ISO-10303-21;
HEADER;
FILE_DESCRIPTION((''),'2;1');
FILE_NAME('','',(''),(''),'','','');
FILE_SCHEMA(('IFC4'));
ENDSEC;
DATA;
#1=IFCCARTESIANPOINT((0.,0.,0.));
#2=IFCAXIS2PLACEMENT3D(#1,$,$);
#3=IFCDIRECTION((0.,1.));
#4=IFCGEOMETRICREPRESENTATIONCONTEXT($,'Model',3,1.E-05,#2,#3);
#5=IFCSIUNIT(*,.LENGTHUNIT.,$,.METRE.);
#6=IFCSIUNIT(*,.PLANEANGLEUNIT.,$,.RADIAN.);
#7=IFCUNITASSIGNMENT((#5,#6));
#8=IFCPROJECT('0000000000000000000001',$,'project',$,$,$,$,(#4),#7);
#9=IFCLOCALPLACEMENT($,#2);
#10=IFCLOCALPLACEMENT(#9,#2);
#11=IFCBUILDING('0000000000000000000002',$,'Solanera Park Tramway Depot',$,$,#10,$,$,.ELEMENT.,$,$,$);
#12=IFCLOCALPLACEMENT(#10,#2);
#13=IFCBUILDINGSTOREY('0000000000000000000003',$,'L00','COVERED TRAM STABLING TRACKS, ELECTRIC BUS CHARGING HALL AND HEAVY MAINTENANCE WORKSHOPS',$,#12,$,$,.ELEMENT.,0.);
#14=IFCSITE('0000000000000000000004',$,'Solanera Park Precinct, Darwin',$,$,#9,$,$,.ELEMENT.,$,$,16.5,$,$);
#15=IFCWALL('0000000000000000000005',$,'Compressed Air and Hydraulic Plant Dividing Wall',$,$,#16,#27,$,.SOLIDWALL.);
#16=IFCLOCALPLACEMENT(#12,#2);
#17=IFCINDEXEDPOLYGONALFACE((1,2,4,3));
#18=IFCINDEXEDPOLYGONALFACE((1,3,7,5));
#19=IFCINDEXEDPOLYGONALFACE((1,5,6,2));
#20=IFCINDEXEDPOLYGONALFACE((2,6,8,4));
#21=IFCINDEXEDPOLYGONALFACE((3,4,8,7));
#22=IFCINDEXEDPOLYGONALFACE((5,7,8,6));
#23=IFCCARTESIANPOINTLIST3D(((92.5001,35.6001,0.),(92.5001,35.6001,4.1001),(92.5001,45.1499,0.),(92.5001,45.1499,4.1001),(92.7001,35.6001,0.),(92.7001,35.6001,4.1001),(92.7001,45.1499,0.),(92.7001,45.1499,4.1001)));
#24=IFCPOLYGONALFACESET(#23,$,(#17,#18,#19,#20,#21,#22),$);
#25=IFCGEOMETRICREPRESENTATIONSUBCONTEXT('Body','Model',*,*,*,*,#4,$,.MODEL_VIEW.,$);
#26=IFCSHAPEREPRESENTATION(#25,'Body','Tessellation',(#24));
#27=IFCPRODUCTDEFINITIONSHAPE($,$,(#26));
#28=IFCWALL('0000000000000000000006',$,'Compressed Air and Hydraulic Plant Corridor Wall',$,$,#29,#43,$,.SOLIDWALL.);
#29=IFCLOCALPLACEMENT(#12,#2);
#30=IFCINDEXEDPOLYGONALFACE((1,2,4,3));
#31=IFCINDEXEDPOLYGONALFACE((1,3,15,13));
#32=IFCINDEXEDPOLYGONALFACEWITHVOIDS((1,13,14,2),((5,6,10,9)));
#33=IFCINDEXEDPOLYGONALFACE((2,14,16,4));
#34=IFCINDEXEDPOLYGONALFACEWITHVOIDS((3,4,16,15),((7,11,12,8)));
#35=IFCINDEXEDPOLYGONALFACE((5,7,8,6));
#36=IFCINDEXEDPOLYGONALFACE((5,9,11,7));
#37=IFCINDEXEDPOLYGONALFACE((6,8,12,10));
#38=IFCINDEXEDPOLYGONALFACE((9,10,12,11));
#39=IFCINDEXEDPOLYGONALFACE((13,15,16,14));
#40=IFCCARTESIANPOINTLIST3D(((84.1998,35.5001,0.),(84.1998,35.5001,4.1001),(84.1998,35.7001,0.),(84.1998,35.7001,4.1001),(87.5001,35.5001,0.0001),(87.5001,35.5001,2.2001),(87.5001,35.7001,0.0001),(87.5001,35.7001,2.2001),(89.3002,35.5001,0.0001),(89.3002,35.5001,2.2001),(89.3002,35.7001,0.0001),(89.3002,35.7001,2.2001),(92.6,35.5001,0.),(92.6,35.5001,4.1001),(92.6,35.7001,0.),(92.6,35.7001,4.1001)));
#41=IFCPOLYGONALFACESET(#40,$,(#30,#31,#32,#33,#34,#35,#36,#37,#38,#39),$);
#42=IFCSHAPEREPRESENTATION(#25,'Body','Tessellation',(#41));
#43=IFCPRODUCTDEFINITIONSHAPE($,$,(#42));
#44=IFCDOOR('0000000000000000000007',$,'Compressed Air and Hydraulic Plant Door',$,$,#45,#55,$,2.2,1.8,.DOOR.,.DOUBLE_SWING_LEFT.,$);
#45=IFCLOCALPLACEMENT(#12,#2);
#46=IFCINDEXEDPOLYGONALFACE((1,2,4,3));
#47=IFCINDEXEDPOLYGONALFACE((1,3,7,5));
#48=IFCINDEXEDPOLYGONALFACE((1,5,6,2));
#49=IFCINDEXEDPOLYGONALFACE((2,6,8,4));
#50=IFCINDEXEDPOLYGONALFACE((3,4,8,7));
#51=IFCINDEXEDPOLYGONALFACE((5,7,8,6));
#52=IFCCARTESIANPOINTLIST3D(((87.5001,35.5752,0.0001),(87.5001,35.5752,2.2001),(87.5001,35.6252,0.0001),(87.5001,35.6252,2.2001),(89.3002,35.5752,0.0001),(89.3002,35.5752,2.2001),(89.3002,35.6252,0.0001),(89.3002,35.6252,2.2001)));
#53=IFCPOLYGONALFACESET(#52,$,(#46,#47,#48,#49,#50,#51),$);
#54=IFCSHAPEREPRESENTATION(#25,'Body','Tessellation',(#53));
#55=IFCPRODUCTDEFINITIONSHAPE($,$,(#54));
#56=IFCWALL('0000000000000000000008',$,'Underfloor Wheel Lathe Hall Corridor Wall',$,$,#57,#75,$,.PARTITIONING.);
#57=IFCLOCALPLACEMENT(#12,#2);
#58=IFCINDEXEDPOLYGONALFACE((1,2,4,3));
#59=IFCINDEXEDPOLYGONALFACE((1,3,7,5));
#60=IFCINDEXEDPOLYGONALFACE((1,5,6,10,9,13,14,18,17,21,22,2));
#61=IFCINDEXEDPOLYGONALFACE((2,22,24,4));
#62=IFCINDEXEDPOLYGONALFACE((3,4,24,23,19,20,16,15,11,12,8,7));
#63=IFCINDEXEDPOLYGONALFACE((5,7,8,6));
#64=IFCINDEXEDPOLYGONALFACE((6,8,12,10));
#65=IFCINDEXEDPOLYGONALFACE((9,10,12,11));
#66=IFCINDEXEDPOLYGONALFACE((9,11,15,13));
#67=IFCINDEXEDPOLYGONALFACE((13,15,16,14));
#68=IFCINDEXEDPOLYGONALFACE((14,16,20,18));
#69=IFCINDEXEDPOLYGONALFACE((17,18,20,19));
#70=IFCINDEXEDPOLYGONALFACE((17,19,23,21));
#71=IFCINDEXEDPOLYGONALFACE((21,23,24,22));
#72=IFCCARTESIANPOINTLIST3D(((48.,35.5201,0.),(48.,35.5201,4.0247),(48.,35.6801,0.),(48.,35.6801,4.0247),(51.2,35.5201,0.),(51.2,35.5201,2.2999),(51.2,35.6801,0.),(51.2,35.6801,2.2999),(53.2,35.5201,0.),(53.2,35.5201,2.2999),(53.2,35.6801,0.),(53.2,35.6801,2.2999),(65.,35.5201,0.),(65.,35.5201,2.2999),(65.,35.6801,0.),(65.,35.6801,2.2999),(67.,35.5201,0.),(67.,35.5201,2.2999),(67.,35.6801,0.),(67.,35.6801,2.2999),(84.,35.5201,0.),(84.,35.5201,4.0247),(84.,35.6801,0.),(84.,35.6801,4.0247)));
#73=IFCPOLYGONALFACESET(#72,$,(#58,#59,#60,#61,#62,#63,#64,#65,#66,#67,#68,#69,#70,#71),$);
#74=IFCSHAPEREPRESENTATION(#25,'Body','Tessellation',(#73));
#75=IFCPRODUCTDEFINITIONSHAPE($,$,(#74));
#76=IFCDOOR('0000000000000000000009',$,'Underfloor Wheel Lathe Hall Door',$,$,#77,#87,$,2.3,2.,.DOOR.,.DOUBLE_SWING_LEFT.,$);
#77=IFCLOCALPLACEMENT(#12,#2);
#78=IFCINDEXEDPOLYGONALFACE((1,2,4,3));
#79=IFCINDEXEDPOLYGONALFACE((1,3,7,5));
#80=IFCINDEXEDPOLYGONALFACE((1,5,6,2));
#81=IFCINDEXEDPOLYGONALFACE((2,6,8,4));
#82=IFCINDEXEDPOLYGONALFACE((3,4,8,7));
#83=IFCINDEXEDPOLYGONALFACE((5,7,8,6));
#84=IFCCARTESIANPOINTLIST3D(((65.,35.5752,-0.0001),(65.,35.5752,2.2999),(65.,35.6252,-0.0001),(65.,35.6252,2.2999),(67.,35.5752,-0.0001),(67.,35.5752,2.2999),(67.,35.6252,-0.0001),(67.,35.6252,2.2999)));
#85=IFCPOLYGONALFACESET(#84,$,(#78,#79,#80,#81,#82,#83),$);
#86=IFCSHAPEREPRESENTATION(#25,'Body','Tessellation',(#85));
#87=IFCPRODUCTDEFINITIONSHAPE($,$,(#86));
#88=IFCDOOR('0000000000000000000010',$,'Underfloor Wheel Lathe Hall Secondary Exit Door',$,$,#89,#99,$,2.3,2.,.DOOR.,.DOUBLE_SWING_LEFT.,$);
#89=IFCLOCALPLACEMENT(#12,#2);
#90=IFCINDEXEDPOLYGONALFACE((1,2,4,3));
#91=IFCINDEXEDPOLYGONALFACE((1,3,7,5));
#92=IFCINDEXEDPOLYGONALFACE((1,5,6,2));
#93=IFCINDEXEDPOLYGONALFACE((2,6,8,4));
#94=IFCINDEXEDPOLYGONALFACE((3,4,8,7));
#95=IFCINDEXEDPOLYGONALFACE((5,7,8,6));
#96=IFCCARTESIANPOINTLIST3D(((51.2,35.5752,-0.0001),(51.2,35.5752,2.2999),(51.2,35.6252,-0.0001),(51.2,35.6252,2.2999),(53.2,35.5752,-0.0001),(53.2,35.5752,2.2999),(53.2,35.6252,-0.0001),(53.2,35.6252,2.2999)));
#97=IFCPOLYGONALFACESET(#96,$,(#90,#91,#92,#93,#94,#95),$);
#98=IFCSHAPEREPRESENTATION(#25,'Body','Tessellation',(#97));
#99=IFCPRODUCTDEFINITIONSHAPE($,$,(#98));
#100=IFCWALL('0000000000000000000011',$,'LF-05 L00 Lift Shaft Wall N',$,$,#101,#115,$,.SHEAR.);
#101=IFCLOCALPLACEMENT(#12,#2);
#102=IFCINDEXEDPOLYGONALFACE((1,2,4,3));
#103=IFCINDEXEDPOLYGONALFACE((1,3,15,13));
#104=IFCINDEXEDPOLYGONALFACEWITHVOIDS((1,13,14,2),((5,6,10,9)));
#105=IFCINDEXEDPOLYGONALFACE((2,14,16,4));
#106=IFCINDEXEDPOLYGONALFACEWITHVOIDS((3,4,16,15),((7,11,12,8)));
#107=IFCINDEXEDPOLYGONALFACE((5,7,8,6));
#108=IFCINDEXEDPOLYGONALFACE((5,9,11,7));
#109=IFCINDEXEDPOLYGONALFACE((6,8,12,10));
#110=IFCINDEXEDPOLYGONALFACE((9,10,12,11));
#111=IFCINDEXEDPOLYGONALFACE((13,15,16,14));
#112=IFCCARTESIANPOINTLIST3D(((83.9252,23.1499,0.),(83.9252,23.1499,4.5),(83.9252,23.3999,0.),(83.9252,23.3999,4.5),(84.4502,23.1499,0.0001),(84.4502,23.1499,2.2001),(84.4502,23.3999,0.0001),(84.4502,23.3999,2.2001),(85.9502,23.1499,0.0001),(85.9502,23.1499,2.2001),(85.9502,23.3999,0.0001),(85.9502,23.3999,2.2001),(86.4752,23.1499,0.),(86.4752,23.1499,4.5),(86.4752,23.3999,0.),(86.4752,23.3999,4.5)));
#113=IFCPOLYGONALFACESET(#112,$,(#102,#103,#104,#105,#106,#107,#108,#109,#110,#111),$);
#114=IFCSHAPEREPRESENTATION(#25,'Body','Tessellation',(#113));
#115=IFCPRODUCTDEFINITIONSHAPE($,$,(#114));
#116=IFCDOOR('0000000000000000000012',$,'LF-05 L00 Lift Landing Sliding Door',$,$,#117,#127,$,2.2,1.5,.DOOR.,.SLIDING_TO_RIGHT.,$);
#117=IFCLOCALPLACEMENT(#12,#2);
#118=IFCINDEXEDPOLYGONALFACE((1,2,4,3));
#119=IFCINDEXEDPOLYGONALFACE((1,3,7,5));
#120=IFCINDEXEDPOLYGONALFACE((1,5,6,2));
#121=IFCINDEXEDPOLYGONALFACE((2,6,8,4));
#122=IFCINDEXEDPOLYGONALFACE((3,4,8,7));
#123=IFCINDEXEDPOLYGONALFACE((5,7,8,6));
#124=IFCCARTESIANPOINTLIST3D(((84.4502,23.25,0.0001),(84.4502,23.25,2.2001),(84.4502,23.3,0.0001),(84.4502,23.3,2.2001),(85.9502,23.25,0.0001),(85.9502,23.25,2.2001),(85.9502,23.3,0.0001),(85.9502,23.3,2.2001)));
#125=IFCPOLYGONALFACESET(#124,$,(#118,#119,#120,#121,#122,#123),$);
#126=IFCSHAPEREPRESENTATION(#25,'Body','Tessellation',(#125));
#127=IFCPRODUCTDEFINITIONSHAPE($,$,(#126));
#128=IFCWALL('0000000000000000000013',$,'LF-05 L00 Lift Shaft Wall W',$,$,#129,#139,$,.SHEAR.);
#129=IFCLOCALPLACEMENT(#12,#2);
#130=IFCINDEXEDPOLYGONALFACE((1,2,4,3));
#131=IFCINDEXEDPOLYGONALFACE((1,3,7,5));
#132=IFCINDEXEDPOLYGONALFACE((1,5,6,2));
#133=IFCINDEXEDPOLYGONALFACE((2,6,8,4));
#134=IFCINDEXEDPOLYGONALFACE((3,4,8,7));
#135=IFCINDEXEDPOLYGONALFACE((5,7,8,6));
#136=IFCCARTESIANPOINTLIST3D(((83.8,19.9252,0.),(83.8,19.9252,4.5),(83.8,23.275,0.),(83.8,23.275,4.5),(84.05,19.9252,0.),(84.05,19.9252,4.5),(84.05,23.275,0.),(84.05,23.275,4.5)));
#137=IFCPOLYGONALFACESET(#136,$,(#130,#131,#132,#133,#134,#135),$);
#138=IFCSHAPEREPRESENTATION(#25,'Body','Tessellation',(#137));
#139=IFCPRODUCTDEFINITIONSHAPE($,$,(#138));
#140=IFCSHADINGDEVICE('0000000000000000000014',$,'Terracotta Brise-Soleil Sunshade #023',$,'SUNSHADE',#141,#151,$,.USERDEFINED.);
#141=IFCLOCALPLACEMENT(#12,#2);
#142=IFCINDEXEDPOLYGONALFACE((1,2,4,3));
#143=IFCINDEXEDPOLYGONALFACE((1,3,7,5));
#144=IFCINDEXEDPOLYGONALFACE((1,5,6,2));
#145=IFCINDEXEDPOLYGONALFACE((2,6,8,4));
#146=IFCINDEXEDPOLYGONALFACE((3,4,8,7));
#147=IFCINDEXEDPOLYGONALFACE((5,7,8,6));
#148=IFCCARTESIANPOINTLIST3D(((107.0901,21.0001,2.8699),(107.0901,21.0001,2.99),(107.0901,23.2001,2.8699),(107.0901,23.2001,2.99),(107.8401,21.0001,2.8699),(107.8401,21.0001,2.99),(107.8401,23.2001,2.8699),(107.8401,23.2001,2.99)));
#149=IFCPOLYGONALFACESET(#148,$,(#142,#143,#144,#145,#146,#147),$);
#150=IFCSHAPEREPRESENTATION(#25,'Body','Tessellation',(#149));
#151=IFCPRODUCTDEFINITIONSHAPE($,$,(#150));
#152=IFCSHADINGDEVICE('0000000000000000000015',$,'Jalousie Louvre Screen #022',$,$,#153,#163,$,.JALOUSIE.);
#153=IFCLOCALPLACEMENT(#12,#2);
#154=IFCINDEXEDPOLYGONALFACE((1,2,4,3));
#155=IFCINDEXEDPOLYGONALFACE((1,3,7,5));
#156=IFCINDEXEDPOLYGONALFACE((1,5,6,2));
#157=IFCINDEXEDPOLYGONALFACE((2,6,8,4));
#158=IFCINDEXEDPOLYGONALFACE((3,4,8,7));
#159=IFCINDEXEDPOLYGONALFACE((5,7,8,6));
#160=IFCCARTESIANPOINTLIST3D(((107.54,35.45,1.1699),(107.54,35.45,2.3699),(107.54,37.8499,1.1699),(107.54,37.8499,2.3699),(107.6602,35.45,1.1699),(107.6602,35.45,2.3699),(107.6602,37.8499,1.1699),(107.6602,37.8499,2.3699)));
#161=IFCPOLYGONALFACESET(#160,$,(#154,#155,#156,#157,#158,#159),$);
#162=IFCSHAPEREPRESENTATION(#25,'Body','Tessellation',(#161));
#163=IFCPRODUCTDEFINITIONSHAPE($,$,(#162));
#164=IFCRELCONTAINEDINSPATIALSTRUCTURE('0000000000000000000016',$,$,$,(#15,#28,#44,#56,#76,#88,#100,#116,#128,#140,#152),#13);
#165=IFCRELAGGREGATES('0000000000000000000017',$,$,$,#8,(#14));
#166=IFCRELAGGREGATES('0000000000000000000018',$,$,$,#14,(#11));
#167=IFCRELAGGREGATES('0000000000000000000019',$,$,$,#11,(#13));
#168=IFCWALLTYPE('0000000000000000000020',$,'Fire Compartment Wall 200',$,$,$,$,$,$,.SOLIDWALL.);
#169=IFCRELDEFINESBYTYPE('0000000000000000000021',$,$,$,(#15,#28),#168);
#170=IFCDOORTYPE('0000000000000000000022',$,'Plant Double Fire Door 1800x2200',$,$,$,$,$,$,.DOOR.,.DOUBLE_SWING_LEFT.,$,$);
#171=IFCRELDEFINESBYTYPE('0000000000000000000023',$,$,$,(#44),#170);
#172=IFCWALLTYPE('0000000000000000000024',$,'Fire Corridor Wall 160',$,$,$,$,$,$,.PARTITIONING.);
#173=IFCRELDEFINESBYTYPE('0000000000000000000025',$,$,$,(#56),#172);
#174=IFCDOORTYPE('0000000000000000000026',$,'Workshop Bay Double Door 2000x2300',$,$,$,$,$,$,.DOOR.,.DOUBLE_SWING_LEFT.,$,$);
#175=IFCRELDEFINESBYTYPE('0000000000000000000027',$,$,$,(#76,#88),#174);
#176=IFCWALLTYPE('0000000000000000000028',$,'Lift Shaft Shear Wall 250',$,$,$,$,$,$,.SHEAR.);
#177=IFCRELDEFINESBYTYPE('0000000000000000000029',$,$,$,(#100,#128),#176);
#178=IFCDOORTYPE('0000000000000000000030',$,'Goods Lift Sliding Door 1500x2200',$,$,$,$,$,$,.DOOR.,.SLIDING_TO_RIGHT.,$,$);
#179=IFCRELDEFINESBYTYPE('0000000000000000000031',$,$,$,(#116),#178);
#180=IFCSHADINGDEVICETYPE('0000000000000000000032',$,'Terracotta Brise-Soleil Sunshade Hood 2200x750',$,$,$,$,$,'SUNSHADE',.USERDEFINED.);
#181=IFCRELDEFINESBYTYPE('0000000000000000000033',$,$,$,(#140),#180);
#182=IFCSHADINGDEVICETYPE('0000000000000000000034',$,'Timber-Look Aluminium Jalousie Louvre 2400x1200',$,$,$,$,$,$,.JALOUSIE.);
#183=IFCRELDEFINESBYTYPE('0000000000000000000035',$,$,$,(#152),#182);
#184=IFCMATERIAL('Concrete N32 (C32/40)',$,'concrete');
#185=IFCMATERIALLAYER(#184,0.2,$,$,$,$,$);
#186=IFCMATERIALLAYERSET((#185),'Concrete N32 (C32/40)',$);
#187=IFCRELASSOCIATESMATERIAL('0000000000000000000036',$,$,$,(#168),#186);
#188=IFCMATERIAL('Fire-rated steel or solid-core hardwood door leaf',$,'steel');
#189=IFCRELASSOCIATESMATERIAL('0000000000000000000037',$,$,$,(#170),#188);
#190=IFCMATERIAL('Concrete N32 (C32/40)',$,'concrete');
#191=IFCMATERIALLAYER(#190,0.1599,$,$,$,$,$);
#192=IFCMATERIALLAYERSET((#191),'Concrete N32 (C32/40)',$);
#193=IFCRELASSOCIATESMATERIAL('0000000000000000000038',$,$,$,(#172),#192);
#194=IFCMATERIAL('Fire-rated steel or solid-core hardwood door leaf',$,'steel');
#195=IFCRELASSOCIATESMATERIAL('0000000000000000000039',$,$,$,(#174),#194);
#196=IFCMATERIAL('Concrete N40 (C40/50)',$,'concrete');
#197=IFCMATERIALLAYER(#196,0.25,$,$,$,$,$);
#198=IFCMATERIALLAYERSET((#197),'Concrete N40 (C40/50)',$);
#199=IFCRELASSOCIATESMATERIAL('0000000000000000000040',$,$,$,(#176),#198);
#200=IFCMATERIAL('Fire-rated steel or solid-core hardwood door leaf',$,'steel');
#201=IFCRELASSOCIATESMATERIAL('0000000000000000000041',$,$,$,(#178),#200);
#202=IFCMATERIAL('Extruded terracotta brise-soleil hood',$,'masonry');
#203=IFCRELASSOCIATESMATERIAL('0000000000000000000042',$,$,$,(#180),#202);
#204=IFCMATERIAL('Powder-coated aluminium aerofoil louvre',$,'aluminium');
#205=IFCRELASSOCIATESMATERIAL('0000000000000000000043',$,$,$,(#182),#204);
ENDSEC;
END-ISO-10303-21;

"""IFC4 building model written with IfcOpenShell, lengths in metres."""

from ifc_helpers import new_model, si_unit, direction, frame, frame_2d, origin, origin_2d, place, context, subcontext, project, spatial, rectangle, extrude, material, layer, layer_set, type_object, element, fill, save


model = new_model("IFC4")

# Units and contexts
model_context = context("Model", 3, precision=1e-05, world=origin(), true_north=direction((0.0, 1.0)))
body_context = subcontext(model_context, "Body", "Model", "MODEL_VIEW")
ifc_project = project(units=[si_unit("LENGTHUNIT", "METRE"), si_unit("PLANEANGLEUNIT", "RADIAN")], contexts=[model_context])

# Site, building, storey
site_placement = place(None, origin())
site = spatial("IfcSite", under=ifc_project, at=site_placement, Name="Solanera Park Precinct, Darwin", CompositionType="ELEMENT", RefElevation=16.5)
building_placement = place(site_placement, origin())
building = spatial("IfcBuilding", under=site, at=building_placement, Name="Solanera Park Tramway Depot", CompositionType="ELEMENT")
storey_placement = place(building_placement, origin())
storey = spatial("IfcBuildingStorey", under=building, at=storey_placement, Name="L00", Description="COVERED TRAM STABLING TRACKS, ELECTRIC BUS CHARGING HALL AND HEAVY MAINTENANCE WORKSHOPS", CompositionType="ELEMENT", Elevation=0.0)

# Wall
ifc_material_1 = material(Name="Concrete N32 (C32/40)", Category="concrete")
ifc_layer_1 = layer(ifc_material_1, 0.2)
ifc_layer_set_1 = layer_set([ifc_layer_1], Name="Concrete N32 (C32/40)")
wall_type_1 = type_object("IfcWallType", Name="Fire Compartment Wall 200", PredefinedType="SOLIDWALL", material=ifc_layer_set_1)
wall_1_placement = place(storey_placement, frame((92.6001, 35.6001, 0.0), z_axis=(0.0, 0.0, 1.0), x_axis=(0.0, 1.0, 0.0)))
element("IfcWall", 1, at=wall_1_placement, inside=storey, type_object=wall_type_1, Name="Compressed Air and Hydraulic Plant Dividing Wall", PredefinedType="SOLIDWALL", context=body_context, shape_type="SweptSolid", body=[
    extrude(rectangle(XDim=9.5498, YDim=0.2, at=frame_2d((4.7749, 0.0))), origin(), (0.0, 0.0, 1.0), 4.1001),
])

# Wall, opening, door
wall_2_placement = place(storey_placement, frame((92.6001, 35.6001, 0.0), z_axis=(0.0, 0.0, 1.0), x_axis=(-1.0, 0.0, 0.0)))
wall_2 = element("IfcWall", 2, at=wall_2_placement, inside=storey, type_object=wall_type_1, Name="Compressed Air and Hydraulic Plant Corridor Wall", PredefinedType="SOLIDWALL", context=body_context, shape_type="SweptSolid", body=[
    extrude(rectangle(XDim=8.4001, YDim=0.2, at=frame_2d((4.2002, 0.0))), origin(), (0.0, 0.0, 1.0), 4.1001),
])
opening_1_placement = place(wall_2_placement, frame((3.3, 0.0, 0.0)))
opening_1 = element("IfcOpeningElement", 3, at=opening_1_placement, cuts=wall_2, PredefinedType="OPENING", context=body_context, shape_type="SweptSolid", body=[
    extrude(rectangle(XDim=1.8, YDim=2.2, at=frame_2d((0.8999, 1.1001))), frame((0.0, 0.1099, 0.0), z_axis=(0.0, -1.0, 0.0), x_axis=(1.0, 0.0, 0.0)), (0.0, 0.0, 1.0), 0.22),
])
ifc_material_2 = material(Name="Fire-rated steel or solid-core hardwood door leaf", Category="steel")
door_type_1 = type_object("IfcDoorType", Name="Plant Double Fire Door 1800x2200", OperationType="DOUBLE_SWING_LEFT", PredefinedType="DOOR", material=ifc_material_2)
door_1_placement = place(opening_1_placement, origin())
door_1 = element("IfcDoor", 4, at=door_1_placement, inside=storey, type_object=door_type_1, Name="Compressed Air and Hydraulic Plant Door", OperationType="DOUBLE_SWING_LEFT", OverallHeight=2.2, OverallWidth=1.8, PredefinedType="DOOR", context=body_context, shape_type="SweptSolid", body=[
    extrude(rectangle(XDim=1.8, YDim=2.2, at=frame_2d((0.8999, 1.1001))), frame((0.0, 0.0249, 0.0), z_axis=(0.0, -1.0, 0.0), x_axis=(1.0, 0.0, 0.0)), (0.0, 0.0, 1.0), 0.05),
])
fill(opening_1, door_1)

# Wall, openings, doors
ifc_material_3 = material(Name="Concrete N32 (C32/40)", Category="concrete")
ifc_layer_2 = layer(ifc_material_3, 0.1599)
ifc_layer_set_2 = layer_set([ifc_layer_2], Name="Concrete N32 (C32/40)")
wall_type_2 = type_object("IfcWallType", Name="Fire Corridor Wall 160", PredefinedType="PARTITIONING", material=ifc_layer_set_2)
wall_3_placement = place(storey_placement, frame((84.0, 35.6001, 0.0), z_axis=(0.0, 0.0, 1.0), x_axis=(-1.0, 0.0, 0.0)))
wall_3 = element("IfcWall", 5, at=wall_3_placement, inside=storey, type_object=wall_type_2, Name="Underfloor Wheel Lathe Hall Corridor Wall", PredefinedType="PARTITIONING", context=body_context, shape_type="SweptSolid", body=[
    extrude(rectangle(XDim=36.0, YDim=0.1599, at=frame_2d((18.0, 0.0))), origin(), (0.0, 0.0, 1.0), 4.0247),
])
opening_2_placement = place(wall_3_placement, frame((17.0, 0.0, 0.0)))
opening_2 = element("IfcOpeningElement", 6, at=opening_2_placement, cuts=wall_3, PredefinedType="OPENING", context=body_context, shape_type="SweptSolid", body=[
    extrude(rectangle(XDim=2.0, YDim=2.3, at=frame_2d((1.0, 1.1499))), frame((0.0, 0.0898, 0.0), z_axis=(0.0, -1.0, 0.0), x_axis=(1.0, 0.0, 0.0)), (0.0, 0.0, 1.0), 0.1799),
])
opening_3_placement = place(wall_3_placement, frame((30.8, 0.0, 0.0)))
opening_3 = element("IfcOpeningElement", 7, at=opening_3_placement, cuts=wall_3, PredefinedType="OPENING", context=body_context, shape_type="SweptSolid", body=[
    extrude(rectangle(XDim=2.0, YDim=2.3, at=frame_2d((1.0, 1.1499))), frame((0.0, 0.0898, 0.0), z_axis=(0.0, -1.0, 0.0), x_axis=(1.0, 0.0, 0.0)), (0.0, 0.0, 1.0), 0.1799),
])
ifc_material_4 = material(Name="Fire-rated steel or solid-core hardwood door leaf", Category="steel")
door_type_2 = type_object("IfcDoorType", Name="Workshop Bay Double Door 2000x2300", OperationType="DOUBLE_SWING_LEFT", PredefinedType="DOOR", material=ifc_material_4)
door_2_placement = place(opening_2_placement, origin())
door_2 = element("IfcDoor", 8, at=door_2_placement, inside=storey, type_object=door_type_2, Name="Underfloor Wheel Lathe Hall Door", OperationType="DOUBLE_SWING_LEFT", OverallHeight=2.3, OverallWidth=2.0, PredefinedType="DOOR", context=body_context, shape_type="SweptSolid", body=[
    extrude(rectangle(XDim=2.0, YDim=2.3, at=frame_2d((1.0, 1.1499))), frame((0.0, 0.0249, 0.0), z_axis=(0.0, -1.0, 0.0), x_axis=(1.0, 0.0, 0.0)), (0.0, 0.0, 1.0), 0.05),
])
fill(opening_2, door_2)
door_3_placement = place(opening_3_placement, origin())
door_3 = element("IfcDoor", 9, at=door_3_placement, inside=storey, type_object=door_type_2, Name="Underfloor Wheel Lathe Hall Secondary Exit Door", OperationType="DOUBLE_SWING_LEFT", OverallHeight=2.3, OverallWidth=2.0, PredefinedType="DOOR", context=body_context, shape_type="SweptSolid", body=[
    extrude(rectangle(XDim=2.0, YDim=2.3, at=frame_2d((1.0, 1.1499))), frame((0.0, 0.0249, 0.0), z_axis=(0.0, -1.0, 0.0), x_axis=(1.0, 0.0, 0.0)), (0.0, 0.0, 1.0), 0.05),
])
fill(opening_3, door_3)

# Wall, opening, door
ifc_material_5 = material(Name="Concrete N40 (C40/50)", Category="concrete")
ifc_layer_3 = layer(ifc_material_5, 0.25)
ifc_layer_set_3 = layer_set([ifc_layer_3], Name="Concrete N40 (C40/50)")
wall_type_3 = type_object("IfcWallType", Name="Lift Shaft Shear Wall 250", PredefinedType="SHEAR", material=ifc_layer_set_3)
wall_4_placement = place(storey_placement, frame((86.4751, 23.2749, 0.0), z_axis=(0.0, 0.0, 1.0), x_axis=(-1.0, 0.0, 0.0)))
wall_4 = element("IfcWall", 10, at=wall_4_placement, inside=storey, type_object=wall_type_3, Name="LF-05 L00 Lift Shaft Wall N", PredefinedType="SHEAR", context=body_context, shape_type="SweptSolid", body=[
    extrude(rectangle(XDim=2.55, YDim=0.25, at=frame_2d((1.2749, 0.0))), origin(), (0.0, 0.0, 1.0), 4.5),
])
opening_4_placement = place(wall_4_placement, frame((0.5249, 0.0, 0.0)))
opening_4 = element("IfcOpeningElement", 11, at=opening_4_placement, cuts=wall_4, PredefinedType="OPENING", context=body_context, shape_type="SweptSolid", body=[
    extrude(rectangle(XDim=1.5, YDim=2.2, at=frame_2d((0.75, 1.1001))), frame((0.0, 0.135, 0.0), z_axis=(0.0, -1.0, 0.0), x_axis=(1.0, 0.0, 0.0)), (0.0, 0.0, 1.0), 0.27),
])
ifc_material_6 = material(Name="Fire-rated steel or solid-core hardwood door leaf", Category="steel")
door_type_3 = type_object("IfcDoorType", Name="Goods Lift Sliding Door 1500x2200", OperationType="SLIDING_TO_RIGHT", PredefinedType="DOOR", material=ifc_material_6)
door_4_placement = place(opening_4_placement, origin())
door_4 = element("IfcDoor", 12, at=door_4_placement, inside=storey, type_object=door_type_3, Name="LF-05 L00 Lift Landing Sliding Door", OperationType="SLIDING_TO_RIGHT", OverallHeight=2.2, OverallWidth=1.5, PredefinedType="DOOR", context=body_context, shape_type="SweptSolid", body=[
    extrude(rectangle(XDim=1.5, YDim=2.2, at=frame_2d((0.75, 1.1001))), frame((0.0, 0.0249, 0.0), z_axis=(0.0, -1.0, 0.0), x_axis=(1.0, 0.0, 0.0)), (0.0, 0.0, 1.0), 0.05),
])
fill(opening_4, door_4)

# Wall
wall_5_placement = place(storey_placement, frame((83.925, 23.2749, 0.0), z_axis=(0.0, 0.0, 1.0), x_axis=(0.0, -1.0, 0.0)))
element("IfcWall", 13, at=wall_5_placement, inside=storey, type_object=wall_type_3, Name="LF-05 L00 Lift Shaft Wall W", PredefinedType="SHEAR", context=body_context, shape_type="SweptSolid", body=[
    extrude(rectangle(XDim=3.3499, YDim=0.25, at=frame_2d((1.6748, 0.0))), origin(), (0.0, 0.0, 1.0), 4.5),
])

# Shading devices
ifc_material_7 = material(Name="Extruded terracotta brise-soleil hood", Category="masonry")
shading_device_type_1 = type_object("IfcShadingDeviceType", Name="Terracotta Brise-Soleil Sunshade Hood 2200x750", ElementType="SUNSHADE", PredefinedType="USERDEFINED", material=ifc_material_7)
shading_device_1_placement = place(storey_placement, frame((107.4651, 22.1001, 2.8699), z_axis=(0.0, 0.0, 1.0), x_axis=(0.0, -1.0, 0.0)))
element("IfcShadingDevice", 14, at=shading_device_1_placement, inside=storey, type_object=shading_device_type_1, Name="Terracotta Brise-Soleil Sunshade #023", ObjectType="SUNSHADE", PredefinedType="USERDEFINED", context=body_context, shape_type="SweptSolid", body=[
    extrude(rectangle(XDim=2.2, YDim=0.75, at=origin_2d()), origin(), (0.0, 0.0, 1.0), 0.1201),
])
ifc_material_8 = material(Name="Powder-coated aluminium aerofoil louvre", Category="aluminium")
shading_device_type_2 = type_object("IfcShadingDeviceType", Name="Timber-Look Aluminium Jalousie Louvre 2400x1200", PredefinedType="JALOUSIE", material=ifc_material_8)
shading_device_2_placement = place(storey_placement, frame((107.6001, 36.6499, 1.1699), z_axis=(0.0, 0.0, 1.0), x_axis=(0.0, -1.0, 0.0)))
element("IfcShadingDevice", 15, at=shading_device_2_placement, inside=storey, type_object=shading_device_type_2, Name="Jalousie Louvre Screen #022", PredefinedType="JALOUSIE", context=body_context, shape_type="SweptSolid", body=[
    extrude(rectangle(XDim=2.3999, YDim=0.1201, at=origin_2d()), origin(), (0.0, 0.0, 1.0), 1.2),
])

save(model, "model.ifc")
